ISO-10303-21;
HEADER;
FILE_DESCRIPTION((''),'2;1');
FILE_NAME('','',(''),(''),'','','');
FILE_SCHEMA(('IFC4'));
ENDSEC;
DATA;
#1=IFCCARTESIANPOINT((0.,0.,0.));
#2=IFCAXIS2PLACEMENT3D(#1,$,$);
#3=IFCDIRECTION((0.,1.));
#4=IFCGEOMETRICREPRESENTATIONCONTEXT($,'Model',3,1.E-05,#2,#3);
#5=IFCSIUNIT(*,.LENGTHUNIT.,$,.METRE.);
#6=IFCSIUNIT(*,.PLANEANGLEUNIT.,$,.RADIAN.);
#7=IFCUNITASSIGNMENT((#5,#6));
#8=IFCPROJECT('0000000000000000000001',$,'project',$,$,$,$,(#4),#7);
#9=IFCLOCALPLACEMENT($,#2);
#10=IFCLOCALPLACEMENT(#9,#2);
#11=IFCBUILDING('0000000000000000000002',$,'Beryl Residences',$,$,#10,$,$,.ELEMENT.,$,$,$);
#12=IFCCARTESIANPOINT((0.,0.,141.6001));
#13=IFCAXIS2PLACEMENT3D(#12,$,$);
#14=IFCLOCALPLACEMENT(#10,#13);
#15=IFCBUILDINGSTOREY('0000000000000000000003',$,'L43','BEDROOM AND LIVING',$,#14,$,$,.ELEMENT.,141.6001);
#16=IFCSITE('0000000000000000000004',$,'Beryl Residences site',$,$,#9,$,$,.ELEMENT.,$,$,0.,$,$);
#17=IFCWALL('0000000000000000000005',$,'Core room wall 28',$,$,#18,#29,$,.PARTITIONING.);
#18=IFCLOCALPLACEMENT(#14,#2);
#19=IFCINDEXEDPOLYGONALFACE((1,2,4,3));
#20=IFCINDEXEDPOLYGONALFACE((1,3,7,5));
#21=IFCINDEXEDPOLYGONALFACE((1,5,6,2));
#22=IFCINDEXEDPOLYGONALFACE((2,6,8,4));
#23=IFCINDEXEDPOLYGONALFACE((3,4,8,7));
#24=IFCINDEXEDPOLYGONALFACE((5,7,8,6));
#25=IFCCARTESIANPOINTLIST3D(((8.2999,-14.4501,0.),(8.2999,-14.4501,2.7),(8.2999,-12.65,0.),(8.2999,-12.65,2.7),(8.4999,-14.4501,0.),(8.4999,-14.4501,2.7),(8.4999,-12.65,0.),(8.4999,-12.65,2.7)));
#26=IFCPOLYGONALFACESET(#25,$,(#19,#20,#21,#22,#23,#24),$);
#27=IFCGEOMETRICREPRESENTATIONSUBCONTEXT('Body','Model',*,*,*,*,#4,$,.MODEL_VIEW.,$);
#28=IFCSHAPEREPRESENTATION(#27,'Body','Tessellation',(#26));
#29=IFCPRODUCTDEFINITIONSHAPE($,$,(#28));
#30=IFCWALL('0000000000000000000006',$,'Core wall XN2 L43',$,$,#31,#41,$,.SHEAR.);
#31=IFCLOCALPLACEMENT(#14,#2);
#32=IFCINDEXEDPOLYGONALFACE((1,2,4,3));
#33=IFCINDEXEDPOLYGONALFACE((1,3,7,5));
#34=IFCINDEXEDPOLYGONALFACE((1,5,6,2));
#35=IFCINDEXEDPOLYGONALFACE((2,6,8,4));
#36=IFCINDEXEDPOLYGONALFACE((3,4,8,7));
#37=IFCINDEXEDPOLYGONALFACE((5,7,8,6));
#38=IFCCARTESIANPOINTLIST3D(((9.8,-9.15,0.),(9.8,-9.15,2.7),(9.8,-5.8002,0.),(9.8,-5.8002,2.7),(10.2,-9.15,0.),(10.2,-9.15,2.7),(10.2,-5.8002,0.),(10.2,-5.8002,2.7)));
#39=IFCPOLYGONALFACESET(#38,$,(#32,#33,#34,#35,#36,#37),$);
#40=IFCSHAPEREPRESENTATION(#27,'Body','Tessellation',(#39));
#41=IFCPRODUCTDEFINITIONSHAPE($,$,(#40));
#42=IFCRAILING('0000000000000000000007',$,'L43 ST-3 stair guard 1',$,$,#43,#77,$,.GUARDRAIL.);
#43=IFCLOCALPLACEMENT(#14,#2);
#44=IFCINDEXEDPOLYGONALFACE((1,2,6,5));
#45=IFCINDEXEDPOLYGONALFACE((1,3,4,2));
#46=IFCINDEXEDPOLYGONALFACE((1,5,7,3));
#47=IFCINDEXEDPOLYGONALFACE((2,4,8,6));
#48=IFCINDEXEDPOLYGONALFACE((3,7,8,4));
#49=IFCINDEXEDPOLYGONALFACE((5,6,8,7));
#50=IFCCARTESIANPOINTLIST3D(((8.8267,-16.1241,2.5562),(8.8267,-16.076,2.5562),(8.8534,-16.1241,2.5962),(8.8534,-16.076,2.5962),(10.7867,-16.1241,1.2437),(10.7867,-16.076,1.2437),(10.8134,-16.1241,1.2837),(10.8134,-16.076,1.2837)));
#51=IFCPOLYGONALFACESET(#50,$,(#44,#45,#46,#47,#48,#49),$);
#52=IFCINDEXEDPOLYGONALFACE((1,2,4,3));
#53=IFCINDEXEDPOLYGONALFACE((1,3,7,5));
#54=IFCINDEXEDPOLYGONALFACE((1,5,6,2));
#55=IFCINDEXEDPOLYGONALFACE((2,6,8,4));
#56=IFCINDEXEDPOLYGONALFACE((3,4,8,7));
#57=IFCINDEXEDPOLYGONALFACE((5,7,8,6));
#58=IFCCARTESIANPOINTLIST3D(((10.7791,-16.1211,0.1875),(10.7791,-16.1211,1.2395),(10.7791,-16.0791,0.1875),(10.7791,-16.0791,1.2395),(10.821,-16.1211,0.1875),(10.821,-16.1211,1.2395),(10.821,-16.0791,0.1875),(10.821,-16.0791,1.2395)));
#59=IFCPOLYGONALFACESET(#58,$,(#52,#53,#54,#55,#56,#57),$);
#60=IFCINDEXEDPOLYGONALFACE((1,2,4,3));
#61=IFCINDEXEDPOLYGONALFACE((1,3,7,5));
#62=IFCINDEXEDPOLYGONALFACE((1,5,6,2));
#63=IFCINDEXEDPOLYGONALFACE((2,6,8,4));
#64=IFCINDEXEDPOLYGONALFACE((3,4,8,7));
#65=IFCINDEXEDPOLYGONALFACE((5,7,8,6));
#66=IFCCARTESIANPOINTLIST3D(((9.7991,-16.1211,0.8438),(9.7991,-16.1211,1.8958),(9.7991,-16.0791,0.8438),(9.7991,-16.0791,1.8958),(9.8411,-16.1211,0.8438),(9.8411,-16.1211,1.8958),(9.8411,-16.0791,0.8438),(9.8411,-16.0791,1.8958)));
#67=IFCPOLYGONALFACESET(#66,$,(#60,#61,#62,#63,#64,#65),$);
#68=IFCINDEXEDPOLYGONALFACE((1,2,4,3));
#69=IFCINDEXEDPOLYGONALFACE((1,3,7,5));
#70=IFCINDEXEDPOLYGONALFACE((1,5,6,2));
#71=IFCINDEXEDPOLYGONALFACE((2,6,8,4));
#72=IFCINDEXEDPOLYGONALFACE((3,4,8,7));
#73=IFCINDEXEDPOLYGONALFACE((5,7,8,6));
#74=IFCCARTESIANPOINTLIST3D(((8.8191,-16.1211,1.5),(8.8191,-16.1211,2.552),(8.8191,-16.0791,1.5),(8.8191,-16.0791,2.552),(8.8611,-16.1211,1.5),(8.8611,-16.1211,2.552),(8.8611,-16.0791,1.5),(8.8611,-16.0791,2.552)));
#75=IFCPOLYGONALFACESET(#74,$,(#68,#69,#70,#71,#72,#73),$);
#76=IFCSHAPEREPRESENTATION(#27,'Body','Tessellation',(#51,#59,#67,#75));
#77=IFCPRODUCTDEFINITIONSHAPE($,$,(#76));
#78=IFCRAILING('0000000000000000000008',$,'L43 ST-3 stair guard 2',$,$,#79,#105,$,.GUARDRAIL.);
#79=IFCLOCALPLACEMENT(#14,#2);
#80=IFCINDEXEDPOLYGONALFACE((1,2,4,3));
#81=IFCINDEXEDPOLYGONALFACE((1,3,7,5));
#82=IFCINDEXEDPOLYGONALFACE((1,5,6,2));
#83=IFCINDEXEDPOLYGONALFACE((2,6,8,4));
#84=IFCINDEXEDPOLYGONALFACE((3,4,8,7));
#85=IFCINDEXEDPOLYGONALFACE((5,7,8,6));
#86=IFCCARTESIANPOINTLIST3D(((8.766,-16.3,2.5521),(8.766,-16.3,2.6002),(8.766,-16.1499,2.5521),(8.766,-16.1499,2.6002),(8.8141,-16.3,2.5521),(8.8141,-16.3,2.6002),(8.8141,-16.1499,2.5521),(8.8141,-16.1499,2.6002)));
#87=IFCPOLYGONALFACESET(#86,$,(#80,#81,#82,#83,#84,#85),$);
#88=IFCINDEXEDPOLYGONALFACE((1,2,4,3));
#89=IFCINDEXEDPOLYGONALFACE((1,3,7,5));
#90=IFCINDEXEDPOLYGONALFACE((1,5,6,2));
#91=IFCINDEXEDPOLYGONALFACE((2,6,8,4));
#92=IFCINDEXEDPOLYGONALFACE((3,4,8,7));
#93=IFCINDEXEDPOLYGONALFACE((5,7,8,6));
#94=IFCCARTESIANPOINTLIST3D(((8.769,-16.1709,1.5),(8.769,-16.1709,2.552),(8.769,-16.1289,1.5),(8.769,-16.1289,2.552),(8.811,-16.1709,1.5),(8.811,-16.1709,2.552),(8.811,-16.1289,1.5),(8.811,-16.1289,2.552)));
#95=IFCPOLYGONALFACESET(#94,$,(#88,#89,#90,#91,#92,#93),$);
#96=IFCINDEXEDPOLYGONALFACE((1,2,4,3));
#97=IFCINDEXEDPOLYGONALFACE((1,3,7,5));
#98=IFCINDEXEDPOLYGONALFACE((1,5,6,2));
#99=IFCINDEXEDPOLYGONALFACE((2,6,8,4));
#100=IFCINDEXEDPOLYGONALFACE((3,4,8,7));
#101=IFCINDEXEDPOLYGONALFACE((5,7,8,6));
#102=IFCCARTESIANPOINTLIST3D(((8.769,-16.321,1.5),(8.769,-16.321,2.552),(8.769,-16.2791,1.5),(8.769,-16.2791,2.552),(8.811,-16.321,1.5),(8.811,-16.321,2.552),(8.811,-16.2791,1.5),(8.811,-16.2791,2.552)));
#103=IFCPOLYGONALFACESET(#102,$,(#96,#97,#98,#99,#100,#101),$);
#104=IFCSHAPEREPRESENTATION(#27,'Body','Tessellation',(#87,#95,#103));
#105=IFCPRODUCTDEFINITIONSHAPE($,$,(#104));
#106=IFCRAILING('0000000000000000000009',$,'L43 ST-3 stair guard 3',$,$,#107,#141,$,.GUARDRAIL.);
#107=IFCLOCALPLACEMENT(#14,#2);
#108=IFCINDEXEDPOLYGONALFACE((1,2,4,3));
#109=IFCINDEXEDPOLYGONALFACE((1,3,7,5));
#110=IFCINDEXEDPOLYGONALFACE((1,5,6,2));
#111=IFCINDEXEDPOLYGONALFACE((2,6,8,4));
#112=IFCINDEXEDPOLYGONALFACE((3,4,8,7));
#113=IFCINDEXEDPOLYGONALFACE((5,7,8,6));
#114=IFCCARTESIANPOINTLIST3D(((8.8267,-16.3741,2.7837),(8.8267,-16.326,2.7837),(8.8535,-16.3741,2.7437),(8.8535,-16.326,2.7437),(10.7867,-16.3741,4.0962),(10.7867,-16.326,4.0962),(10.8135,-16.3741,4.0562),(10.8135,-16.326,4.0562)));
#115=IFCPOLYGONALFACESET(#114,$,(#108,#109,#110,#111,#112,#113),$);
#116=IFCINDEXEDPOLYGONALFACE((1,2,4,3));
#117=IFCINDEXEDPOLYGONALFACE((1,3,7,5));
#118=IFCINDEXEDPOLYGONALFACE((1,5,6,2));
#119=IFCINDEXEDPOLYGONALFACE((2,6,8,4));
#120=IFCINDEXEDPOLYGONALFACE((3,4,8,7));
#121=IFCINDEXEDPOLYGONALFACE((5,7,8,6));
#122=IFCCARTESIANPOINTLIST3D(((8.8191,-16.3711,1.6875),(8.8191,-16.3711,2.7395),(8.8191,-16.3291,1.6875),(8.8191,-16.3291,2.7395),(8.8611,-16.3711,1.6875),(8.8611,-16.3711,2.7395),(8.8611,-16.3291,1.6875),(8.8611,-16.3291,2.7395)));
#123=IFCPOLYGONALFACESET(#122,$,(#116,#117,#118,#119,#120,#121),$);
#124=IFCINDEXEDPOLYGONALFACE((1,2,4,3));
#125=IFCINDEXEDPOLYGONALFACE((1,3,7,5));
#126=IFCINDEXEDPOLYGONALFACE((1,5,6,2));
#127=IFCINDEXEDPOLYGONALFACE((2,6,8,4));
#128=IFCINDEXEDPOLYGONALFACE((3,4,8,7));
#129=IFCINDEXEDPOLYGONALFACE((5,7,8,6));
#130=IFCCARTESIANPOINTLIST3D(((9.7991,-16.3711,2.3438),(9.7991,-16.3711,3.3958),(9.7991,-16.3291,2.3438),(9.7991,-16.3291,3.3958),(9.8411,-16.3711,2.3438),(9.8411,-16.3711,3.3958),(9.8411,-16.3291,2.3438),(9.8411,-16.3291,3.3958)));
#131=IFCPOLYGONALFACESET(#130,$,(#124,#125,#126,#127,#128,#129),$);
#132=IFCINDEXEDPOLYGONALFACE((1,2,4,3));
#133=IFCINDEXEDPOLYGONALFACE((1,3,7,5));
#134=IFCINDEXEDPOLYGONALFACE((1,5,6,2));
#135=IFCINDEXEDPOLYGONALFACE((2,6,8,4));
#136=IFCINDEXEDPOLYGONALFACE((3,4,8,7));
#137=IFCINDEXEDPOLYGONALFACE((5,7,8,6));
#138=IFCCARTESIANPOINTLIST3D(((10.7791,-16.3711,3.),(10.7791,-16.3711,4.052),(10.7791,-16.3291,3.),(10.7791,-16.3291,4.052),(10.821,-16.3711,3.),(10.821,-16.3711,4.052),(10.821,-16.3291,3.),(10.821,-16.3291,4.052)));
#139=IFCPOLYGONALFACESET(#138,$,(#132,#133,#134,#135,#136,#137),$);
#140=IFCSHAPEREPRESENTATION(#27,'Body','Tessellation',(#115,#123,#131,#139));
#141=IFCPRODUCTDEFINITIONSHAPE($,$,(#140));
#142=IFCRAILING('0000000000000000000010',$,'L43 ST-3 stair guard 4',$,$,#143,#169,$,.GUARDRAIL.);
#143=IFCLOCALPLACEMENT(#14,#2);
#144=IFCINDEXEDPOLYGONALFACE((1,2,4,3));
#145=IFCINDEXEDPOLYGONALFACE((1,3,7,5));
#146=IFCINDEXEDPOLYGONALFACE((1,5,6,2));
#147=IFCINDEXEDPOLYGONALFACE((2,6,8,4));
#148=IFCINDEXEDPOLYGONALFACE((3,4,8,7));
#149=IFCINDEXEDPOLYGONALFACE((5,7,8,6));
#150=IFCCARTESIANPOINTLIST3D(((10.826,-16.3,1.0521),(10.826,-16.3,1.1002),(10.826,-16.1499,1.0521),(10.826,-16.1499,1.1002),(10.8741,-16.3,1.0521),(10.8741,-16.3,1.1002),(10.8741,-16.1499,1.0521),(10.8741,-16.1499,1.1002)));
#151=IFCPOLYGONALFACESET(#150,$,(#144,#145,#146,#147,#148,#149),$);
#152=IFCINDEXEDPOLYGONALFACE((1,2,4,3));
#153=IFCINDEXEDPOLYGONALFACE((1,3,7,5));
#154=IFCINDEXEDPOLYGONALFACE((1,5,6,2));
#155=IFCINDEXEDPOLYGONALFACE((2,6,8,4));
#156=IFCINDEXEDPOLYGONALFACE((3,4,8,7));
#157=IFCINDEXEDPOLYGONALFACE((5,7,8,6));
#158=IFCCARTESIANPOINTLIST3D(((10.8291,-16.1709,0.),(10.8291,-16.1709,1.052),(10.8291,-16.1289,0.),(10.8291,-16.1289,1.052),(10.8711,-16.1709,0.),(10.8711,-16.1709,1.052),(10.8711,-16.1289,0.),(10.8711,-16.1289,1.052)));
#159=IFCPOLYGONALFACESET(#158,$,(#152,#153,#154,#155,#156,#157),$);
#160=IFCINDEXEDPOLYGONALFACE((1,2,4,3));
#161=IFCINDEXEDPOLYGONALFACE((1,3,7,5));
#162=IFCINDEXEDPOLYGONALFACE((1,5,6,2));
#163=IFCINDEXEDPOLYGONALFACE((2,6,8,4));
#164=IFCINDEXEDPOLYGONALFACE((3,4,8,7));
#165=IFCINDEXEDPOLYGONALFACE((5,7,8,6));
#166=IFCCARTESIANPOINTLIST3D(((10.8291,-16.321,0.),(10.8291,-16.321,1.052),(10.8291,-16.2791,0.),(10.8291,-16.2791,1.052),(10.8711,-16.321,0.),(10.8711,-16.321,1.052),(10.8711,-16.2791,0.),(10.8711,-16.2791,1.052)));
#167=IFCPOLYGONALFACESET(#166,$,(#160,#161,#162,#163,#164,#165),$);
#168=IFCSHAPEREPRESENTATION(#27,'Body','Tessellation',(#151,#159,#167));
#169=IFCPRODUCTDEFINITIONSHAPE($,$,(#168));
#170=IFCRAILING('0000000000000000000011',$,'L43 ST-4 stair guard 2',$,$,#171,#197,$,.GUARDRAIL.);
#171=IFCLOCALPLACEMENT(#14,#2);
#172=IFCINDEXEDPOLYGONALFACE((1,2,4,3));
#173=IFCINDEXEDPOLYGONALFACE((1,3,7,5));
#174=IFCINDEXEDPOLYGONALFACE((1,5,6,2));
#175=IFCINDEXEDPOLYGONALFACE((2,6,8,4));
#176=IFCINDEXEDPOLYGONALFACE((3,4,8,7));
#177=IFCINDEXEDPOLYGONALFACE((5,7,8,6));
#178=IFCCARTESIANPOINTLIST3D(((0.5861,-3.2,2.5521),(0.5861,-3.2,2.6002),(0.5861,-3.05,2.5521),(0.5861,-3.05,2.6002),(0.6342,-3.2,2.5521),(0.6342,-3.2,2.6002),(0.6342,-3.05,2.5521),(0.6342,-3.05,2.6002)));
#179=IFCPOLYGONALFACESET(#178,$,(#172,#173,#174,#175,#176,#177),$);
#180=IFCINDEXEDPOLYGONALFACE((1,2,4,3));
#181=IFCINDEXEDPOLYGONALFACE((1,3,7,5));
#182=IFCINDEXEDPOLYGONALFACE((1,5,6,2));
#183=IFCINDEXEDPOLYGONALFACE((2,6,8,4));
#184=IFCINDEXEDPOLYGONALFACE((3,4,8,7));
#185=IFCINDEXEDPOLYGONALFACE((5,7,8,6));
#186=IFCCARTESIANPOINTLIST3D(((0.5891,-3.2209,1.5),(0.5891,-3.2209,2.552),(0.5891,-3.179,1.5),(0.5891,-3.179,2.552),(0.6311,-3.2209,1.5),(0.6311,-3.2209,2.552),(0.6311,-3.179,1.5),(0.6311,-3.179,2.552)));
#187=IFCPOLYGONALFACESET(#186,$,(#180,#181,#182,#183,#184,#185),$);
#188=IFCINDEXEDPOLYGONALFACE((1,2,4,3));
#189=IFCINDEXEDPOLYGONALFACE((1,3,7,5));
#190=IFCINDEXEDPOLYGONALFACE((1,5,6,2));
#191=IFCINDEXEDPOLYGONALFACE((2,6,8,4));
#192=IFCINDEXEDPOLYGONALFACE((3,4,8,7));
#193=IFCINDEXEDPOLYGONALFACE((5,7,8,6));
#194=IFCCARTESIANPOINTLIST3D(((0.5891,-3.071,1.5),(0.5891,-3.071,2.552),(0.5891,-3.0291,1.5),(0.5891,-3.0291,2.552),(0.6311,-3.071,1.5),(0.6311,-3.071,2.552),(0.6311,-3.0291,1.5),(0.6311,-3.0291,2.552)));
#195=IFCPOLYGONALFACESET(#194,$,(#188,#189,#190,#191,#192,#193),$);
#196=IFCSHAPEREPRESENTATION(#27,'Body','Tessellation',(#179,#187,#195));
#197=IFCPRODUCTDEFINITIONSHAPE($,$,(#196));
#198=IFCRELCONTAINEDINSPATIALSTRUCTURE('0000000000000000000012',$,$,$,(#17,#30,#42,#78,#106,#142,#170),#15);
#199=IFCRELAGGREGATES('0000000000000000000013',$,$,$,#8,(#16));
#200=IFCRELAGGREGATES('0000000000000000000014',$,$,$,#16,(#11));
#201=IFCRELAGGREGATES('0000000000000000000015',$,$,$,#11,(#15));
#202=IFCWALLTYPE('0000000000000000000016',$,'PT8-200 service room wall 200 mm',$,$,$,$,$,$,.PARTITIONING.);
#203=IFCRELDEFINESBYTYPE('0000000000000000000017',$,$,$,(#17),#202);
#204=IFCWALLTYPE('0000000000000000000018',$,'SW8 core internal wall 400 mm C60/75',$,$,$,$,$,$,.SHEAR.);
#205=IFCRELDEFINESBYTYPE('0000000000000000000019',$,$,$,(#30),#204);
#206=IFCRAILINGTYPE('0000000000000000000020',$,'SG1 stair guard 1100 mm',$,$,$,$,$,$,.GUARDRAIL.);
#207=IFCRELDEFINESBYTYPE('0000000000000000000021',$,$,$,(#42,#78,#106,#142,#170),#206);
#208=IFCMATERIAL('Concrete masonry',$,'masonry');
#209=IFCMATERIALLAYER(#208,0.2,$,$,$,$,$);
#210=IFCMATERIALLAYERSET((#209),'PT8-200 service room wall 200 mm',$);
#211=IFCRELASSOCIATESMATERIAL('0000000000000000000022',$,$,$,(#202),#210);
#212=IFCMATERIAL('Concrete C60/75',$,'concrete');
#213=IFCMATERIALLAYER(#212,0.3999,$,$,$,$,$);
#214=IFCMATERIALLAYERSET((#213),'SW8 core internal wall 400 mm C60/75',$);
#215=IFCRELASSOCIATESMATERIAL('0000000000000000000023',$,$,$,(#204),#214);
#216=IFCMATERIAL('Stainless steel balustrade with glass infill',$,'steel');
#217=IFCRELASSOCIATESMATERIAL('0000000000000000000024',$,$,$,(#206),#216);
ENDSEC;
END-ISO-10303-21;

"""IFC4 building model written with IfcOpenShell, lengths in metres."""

from ifc_helpers import new_model, si_unit, direction, frame, frame_2d, origin, origin_2d, place, context, subcontext, project, spatial, rectangle, extrude, material, layer, layer_set, type_object, element, save


model = new_model("IFC4")

# Units and contexts
model_context = context("Model", 3, precision=1e-05, world=origin(), true_north=direction((0.0, 1.0)))
body_context = subcontext(model_context, "Body", "Model", "MODEL_VIEW")
ifc_project = project(units=[si_unit("LENGTHUNIT", "METRE"), si_unit("PLANEANGLEUNIT", "RADIAN")], contexts=[model_context])

# Site, building, storey
site_placement = place(None, origin())
site = spatial("IfcSite", under=ifc_project, at=site_placement, Name="Beryl Residences site", CompositionType="ELEMENT", RefElevation=0.0)
building_placement = place(site_placement, origin())
building = spatial("IfcBuilding", under=site, at=building_placement, Name="Beryl Residences", CompositionType="ELEMENT")
storey_placement = place(building_placement, frame((0.0, 0.0, 141.6001)))
storey = spatial("IfcBuildingStorey", under=building, at=storey_placement, Name="L43", Description="BEDROOM AND LIVING", CompositionType="ELEMENT", Elevation=141.6001)

# Walls
ifc_material_1 = material(Name="Concrete masonry", Category="masonry")
ifc_layer_1 = layer(ifc_material_1, 0.2)
ifc_layer_set_1 = layer_set([ifc_layer_1], Name="PT8-200 service room wall 200 mm")
wall_type_1 = type_object("IfcWallType", Name="PT8-200 service room wall 200 mm", PredefinedType="PARTITIONING", material=ifc_layer_set_1)
wall_1_placement = place(storey_placement, frame((8.3999, -14.45, 0.0), z_axis=(0.0, 0.0, 1.0), x_axis=(0.0, 1.0, 0.0)))
element("IfcWall", 1, at=wall_1_placement, inside=storey, type_object=wall_type_1, Name="Core room wall 28", PredefinedType="PARTITIONING", context=body_context, shape_type="SweptSolid", body=[
    extrude(rectangle(XDim=1.8, YDim=0.2, at=frame_2d((0.8999, 0.0))), origin(), (0.0, 0.0, 1.0), 2.7),
])
ifc_material_2 = material(Name="Concrete C60/75", Category="concrete")
ifc_layer_2 = layer(ifc_material_2, 0.3999)
ifc_layer_set_2 = layer_set([ifc_layer_2], Name="SW8 core internal wall 400 mm C60/75")
wall_type_2 = type_object("IfcWallType", Name="SW8 core internal wall 400 mm C60/75", PredefinedType="SHEAR", material=ifc_layer_set_2)
wall_2_placement = place(storey_placement, frame((10.0, -9.1499, 0.0), z_axis=(0.0, 0.0, 1.0), x_axis=(0.0, 1.0, 0.0)))
element("IfcWall", 2, at=wall_2_placement, inside=storey, type_object=wall_type_2, Name="Core wall XN2 L43", PredefinedType="SHEAR", context=body_context, shape_type="SweptSolid", body=[
    extrude(rectangle(XDim=3.3499, YDim=0.3999, at=frame_2d((1.6748, 0.0))), origin(), (0.0, 0.0, 1.0), 2.7),
])

# Railings
ifc_material_3 = material(Name="Stainless steel balustrade with glass infill", Category="steel")
railing_type_1 = type_object("IfcRailingType", Name="SG1 stair guard 1100 mm", PredefinedType="GUARDRAIL", material=ifc_material_3)
railing_1_placement = place(storey_placement, frame((10.8, -16.1001, 0.1875)))
element("IfcRailing", 3, at=railing_1_placement, inside=storey, type_object=railing_type_1, Name="L43 ST-3 stair guard 1", PredefinedType="GUARDRAIL", context=body_context, shape_type="SweptSolid", body=[
    extrude(rectangle(XDim=0.0481, YDim=0.0481, at=origin_2d()), frame((0.0, 0.0, 1.0762), z_axis=(-0.830902, 0.0, 0.556419), x_axis=(0.0, -1.0, 0.0)), (0.0, 0.0, 1.0), 2.3589),
    extrude(rectangle(XDim=0.042, YDim=0.042, at=origin_2d()), origin(), (0.0, 0.0, 1.0), 1.052),
    extrude(rectangle(XDim=0.042, YDim=0.042, at=origin_2d()), frame((-0.98, 0.0, 0.6562)), (0.0, 0.0, 1.0), 1.052),
    extrude(rectangle(XDim=0.042, YDim=0.042, at=origin_2d()), frame((-1.96, 0.0, 1.3125)), (0.0, 0.0, 1.0), 1.052),
])
railing_2_placement = place(storey_placement, frame((8.79, -16.1499, 1.5)))
element("IfcRailing", 4, at=railing_2_placement, inside=storey, type_object=railing_type_1, Name="L43 ST-3 stair guard 2", PredefinedType="GUARDRAIL", context=body_context, shape_type="SweptSolid", body=[
    extrude(rectangle(XDim=0.0481, YDim=0.0481, at=origin_2d()), frame((0.0, 0.0, 1.0762), z_axis=(0.0, -1.0, 0.0), x_axis=(1.0, 0.0, 0.0)), (0.0, 0.0, 1.0), 0.1501),
    extrude(rectangle(XDim=0.042, YDim=0.042, at=origin_2d()), origin(), (0.0, 0.0, 1.0), 1.052),
    extrude(rectangle(XDim=0.042, YDim=0.042, at=origin_2d()), frame((0.0, -0.1501, 0.0)), (0.0, 0.0, 1.0), 1.052),
])
railing_3_placement = place(storey_placement, frame((8.8401, -16.3501, 1.6875)))
element("IfcRailing", 5, at=railing_3_placement, inside=storey, type_object=railing_type_1, Name="L43 ST-3 stair guard 3", PredefinedType="GUARDRAIL", context=body_context, shape_type="SweptSolid", body=[
    extrude(rectangle(XDim=0.0481, YDim=0.0481, at=origin_2d()), frame((0.0, 0.0, 1.0762), z_axis=(0.830902, 0.0, 0.556419), x_axis=(0.0, 1.0, 0.0)), (0.0, 0.0, 1.0), 2.3589),
    extrude(rectangle(XDim=0.042, YDim=0.042, at=origin_2d()), origin(), (0.0, 0.0, 1.0), 1.052),
    extrude(rectangle(XDim=0.042, YDim=0.042, at=origin_2d()), frame((0.98, 0.0, 0.6562)), (0.0, 0.0, 1.0), 1.052),
    extrude(rectangle(XDim=0.042, YDim=0.042, at=origin_2d()), frame((1.96, 0.0, 1.3125)), (0.0, 0.0, 1.0), 1.052),
])
railing_4_placement = place(storey_placement, frame((10.8501, -16.1499, 0.0)))
element("IfcRailing", 6, at=railing_4_placement, inside=storey, type_object=railing_type_1, Name="L43 ST-3 stair guard 4", PredefinedType="GUARDRAIL", context=body_context, shape_type="SweptSolid", body=[
    extrude(rectangle(XDim=0.0481, YDim=0.0481, at=origin_2d()), frame((0.0, 0.0, 1.0762), z_axis=(0.0, -1.0, 0.0), x_axis=(1.0, 0.0, 0.0)), (0.0, 0.0, 1.0), 0.1501),
    extrude(rectangle(XDim=0.042, YDim=0.042, at=origin_2d()), origin(), (0.0, 0.0, 1.0), 1.052),
    extrude(rectangle(XDim=0.042, YDim=0.042, at=origin_2d()), frame((0.0, -0.1501, 0.0)), (0.0, 0.0, 1.0), 1.052),
])
railing_5_placement = place(storey_placement, frame((0.6101, -3.2, 1.5)))
element("IfcRailing", 7, at=railing_5_placement, inside=storey, type_object=railing_type_1, Name="L43 ST-4 stair guard 2", PredefinedType="GUARDRAIL", context=body_context, shape_type="SweptSolid", body=[
    extrude(rectangle(XDim=0.0481, YDim=0.0481, at=origin_2d()), frame((0.0, 0.0, 1.0762), z_axis=(0.0, 1.0, 0.0), x_axis=(-1.0, 0.0, 0.0)), (0.0, 0.0, 1.0), 0.1499),
    extrude(rectangle(XDim=0.042, YDim=0.042, at=origin_2d()), origin(), (0.0, 0.0, 1.0), 1.052),
    extrude(rectangle(XDim=0.042, YDim=0.042, at=origin_2d()), frame((0.0, 0.1499, 0.0)), (0.0, 0.0, 1.0), 1.052),
])

save(model, "model.ifc")
